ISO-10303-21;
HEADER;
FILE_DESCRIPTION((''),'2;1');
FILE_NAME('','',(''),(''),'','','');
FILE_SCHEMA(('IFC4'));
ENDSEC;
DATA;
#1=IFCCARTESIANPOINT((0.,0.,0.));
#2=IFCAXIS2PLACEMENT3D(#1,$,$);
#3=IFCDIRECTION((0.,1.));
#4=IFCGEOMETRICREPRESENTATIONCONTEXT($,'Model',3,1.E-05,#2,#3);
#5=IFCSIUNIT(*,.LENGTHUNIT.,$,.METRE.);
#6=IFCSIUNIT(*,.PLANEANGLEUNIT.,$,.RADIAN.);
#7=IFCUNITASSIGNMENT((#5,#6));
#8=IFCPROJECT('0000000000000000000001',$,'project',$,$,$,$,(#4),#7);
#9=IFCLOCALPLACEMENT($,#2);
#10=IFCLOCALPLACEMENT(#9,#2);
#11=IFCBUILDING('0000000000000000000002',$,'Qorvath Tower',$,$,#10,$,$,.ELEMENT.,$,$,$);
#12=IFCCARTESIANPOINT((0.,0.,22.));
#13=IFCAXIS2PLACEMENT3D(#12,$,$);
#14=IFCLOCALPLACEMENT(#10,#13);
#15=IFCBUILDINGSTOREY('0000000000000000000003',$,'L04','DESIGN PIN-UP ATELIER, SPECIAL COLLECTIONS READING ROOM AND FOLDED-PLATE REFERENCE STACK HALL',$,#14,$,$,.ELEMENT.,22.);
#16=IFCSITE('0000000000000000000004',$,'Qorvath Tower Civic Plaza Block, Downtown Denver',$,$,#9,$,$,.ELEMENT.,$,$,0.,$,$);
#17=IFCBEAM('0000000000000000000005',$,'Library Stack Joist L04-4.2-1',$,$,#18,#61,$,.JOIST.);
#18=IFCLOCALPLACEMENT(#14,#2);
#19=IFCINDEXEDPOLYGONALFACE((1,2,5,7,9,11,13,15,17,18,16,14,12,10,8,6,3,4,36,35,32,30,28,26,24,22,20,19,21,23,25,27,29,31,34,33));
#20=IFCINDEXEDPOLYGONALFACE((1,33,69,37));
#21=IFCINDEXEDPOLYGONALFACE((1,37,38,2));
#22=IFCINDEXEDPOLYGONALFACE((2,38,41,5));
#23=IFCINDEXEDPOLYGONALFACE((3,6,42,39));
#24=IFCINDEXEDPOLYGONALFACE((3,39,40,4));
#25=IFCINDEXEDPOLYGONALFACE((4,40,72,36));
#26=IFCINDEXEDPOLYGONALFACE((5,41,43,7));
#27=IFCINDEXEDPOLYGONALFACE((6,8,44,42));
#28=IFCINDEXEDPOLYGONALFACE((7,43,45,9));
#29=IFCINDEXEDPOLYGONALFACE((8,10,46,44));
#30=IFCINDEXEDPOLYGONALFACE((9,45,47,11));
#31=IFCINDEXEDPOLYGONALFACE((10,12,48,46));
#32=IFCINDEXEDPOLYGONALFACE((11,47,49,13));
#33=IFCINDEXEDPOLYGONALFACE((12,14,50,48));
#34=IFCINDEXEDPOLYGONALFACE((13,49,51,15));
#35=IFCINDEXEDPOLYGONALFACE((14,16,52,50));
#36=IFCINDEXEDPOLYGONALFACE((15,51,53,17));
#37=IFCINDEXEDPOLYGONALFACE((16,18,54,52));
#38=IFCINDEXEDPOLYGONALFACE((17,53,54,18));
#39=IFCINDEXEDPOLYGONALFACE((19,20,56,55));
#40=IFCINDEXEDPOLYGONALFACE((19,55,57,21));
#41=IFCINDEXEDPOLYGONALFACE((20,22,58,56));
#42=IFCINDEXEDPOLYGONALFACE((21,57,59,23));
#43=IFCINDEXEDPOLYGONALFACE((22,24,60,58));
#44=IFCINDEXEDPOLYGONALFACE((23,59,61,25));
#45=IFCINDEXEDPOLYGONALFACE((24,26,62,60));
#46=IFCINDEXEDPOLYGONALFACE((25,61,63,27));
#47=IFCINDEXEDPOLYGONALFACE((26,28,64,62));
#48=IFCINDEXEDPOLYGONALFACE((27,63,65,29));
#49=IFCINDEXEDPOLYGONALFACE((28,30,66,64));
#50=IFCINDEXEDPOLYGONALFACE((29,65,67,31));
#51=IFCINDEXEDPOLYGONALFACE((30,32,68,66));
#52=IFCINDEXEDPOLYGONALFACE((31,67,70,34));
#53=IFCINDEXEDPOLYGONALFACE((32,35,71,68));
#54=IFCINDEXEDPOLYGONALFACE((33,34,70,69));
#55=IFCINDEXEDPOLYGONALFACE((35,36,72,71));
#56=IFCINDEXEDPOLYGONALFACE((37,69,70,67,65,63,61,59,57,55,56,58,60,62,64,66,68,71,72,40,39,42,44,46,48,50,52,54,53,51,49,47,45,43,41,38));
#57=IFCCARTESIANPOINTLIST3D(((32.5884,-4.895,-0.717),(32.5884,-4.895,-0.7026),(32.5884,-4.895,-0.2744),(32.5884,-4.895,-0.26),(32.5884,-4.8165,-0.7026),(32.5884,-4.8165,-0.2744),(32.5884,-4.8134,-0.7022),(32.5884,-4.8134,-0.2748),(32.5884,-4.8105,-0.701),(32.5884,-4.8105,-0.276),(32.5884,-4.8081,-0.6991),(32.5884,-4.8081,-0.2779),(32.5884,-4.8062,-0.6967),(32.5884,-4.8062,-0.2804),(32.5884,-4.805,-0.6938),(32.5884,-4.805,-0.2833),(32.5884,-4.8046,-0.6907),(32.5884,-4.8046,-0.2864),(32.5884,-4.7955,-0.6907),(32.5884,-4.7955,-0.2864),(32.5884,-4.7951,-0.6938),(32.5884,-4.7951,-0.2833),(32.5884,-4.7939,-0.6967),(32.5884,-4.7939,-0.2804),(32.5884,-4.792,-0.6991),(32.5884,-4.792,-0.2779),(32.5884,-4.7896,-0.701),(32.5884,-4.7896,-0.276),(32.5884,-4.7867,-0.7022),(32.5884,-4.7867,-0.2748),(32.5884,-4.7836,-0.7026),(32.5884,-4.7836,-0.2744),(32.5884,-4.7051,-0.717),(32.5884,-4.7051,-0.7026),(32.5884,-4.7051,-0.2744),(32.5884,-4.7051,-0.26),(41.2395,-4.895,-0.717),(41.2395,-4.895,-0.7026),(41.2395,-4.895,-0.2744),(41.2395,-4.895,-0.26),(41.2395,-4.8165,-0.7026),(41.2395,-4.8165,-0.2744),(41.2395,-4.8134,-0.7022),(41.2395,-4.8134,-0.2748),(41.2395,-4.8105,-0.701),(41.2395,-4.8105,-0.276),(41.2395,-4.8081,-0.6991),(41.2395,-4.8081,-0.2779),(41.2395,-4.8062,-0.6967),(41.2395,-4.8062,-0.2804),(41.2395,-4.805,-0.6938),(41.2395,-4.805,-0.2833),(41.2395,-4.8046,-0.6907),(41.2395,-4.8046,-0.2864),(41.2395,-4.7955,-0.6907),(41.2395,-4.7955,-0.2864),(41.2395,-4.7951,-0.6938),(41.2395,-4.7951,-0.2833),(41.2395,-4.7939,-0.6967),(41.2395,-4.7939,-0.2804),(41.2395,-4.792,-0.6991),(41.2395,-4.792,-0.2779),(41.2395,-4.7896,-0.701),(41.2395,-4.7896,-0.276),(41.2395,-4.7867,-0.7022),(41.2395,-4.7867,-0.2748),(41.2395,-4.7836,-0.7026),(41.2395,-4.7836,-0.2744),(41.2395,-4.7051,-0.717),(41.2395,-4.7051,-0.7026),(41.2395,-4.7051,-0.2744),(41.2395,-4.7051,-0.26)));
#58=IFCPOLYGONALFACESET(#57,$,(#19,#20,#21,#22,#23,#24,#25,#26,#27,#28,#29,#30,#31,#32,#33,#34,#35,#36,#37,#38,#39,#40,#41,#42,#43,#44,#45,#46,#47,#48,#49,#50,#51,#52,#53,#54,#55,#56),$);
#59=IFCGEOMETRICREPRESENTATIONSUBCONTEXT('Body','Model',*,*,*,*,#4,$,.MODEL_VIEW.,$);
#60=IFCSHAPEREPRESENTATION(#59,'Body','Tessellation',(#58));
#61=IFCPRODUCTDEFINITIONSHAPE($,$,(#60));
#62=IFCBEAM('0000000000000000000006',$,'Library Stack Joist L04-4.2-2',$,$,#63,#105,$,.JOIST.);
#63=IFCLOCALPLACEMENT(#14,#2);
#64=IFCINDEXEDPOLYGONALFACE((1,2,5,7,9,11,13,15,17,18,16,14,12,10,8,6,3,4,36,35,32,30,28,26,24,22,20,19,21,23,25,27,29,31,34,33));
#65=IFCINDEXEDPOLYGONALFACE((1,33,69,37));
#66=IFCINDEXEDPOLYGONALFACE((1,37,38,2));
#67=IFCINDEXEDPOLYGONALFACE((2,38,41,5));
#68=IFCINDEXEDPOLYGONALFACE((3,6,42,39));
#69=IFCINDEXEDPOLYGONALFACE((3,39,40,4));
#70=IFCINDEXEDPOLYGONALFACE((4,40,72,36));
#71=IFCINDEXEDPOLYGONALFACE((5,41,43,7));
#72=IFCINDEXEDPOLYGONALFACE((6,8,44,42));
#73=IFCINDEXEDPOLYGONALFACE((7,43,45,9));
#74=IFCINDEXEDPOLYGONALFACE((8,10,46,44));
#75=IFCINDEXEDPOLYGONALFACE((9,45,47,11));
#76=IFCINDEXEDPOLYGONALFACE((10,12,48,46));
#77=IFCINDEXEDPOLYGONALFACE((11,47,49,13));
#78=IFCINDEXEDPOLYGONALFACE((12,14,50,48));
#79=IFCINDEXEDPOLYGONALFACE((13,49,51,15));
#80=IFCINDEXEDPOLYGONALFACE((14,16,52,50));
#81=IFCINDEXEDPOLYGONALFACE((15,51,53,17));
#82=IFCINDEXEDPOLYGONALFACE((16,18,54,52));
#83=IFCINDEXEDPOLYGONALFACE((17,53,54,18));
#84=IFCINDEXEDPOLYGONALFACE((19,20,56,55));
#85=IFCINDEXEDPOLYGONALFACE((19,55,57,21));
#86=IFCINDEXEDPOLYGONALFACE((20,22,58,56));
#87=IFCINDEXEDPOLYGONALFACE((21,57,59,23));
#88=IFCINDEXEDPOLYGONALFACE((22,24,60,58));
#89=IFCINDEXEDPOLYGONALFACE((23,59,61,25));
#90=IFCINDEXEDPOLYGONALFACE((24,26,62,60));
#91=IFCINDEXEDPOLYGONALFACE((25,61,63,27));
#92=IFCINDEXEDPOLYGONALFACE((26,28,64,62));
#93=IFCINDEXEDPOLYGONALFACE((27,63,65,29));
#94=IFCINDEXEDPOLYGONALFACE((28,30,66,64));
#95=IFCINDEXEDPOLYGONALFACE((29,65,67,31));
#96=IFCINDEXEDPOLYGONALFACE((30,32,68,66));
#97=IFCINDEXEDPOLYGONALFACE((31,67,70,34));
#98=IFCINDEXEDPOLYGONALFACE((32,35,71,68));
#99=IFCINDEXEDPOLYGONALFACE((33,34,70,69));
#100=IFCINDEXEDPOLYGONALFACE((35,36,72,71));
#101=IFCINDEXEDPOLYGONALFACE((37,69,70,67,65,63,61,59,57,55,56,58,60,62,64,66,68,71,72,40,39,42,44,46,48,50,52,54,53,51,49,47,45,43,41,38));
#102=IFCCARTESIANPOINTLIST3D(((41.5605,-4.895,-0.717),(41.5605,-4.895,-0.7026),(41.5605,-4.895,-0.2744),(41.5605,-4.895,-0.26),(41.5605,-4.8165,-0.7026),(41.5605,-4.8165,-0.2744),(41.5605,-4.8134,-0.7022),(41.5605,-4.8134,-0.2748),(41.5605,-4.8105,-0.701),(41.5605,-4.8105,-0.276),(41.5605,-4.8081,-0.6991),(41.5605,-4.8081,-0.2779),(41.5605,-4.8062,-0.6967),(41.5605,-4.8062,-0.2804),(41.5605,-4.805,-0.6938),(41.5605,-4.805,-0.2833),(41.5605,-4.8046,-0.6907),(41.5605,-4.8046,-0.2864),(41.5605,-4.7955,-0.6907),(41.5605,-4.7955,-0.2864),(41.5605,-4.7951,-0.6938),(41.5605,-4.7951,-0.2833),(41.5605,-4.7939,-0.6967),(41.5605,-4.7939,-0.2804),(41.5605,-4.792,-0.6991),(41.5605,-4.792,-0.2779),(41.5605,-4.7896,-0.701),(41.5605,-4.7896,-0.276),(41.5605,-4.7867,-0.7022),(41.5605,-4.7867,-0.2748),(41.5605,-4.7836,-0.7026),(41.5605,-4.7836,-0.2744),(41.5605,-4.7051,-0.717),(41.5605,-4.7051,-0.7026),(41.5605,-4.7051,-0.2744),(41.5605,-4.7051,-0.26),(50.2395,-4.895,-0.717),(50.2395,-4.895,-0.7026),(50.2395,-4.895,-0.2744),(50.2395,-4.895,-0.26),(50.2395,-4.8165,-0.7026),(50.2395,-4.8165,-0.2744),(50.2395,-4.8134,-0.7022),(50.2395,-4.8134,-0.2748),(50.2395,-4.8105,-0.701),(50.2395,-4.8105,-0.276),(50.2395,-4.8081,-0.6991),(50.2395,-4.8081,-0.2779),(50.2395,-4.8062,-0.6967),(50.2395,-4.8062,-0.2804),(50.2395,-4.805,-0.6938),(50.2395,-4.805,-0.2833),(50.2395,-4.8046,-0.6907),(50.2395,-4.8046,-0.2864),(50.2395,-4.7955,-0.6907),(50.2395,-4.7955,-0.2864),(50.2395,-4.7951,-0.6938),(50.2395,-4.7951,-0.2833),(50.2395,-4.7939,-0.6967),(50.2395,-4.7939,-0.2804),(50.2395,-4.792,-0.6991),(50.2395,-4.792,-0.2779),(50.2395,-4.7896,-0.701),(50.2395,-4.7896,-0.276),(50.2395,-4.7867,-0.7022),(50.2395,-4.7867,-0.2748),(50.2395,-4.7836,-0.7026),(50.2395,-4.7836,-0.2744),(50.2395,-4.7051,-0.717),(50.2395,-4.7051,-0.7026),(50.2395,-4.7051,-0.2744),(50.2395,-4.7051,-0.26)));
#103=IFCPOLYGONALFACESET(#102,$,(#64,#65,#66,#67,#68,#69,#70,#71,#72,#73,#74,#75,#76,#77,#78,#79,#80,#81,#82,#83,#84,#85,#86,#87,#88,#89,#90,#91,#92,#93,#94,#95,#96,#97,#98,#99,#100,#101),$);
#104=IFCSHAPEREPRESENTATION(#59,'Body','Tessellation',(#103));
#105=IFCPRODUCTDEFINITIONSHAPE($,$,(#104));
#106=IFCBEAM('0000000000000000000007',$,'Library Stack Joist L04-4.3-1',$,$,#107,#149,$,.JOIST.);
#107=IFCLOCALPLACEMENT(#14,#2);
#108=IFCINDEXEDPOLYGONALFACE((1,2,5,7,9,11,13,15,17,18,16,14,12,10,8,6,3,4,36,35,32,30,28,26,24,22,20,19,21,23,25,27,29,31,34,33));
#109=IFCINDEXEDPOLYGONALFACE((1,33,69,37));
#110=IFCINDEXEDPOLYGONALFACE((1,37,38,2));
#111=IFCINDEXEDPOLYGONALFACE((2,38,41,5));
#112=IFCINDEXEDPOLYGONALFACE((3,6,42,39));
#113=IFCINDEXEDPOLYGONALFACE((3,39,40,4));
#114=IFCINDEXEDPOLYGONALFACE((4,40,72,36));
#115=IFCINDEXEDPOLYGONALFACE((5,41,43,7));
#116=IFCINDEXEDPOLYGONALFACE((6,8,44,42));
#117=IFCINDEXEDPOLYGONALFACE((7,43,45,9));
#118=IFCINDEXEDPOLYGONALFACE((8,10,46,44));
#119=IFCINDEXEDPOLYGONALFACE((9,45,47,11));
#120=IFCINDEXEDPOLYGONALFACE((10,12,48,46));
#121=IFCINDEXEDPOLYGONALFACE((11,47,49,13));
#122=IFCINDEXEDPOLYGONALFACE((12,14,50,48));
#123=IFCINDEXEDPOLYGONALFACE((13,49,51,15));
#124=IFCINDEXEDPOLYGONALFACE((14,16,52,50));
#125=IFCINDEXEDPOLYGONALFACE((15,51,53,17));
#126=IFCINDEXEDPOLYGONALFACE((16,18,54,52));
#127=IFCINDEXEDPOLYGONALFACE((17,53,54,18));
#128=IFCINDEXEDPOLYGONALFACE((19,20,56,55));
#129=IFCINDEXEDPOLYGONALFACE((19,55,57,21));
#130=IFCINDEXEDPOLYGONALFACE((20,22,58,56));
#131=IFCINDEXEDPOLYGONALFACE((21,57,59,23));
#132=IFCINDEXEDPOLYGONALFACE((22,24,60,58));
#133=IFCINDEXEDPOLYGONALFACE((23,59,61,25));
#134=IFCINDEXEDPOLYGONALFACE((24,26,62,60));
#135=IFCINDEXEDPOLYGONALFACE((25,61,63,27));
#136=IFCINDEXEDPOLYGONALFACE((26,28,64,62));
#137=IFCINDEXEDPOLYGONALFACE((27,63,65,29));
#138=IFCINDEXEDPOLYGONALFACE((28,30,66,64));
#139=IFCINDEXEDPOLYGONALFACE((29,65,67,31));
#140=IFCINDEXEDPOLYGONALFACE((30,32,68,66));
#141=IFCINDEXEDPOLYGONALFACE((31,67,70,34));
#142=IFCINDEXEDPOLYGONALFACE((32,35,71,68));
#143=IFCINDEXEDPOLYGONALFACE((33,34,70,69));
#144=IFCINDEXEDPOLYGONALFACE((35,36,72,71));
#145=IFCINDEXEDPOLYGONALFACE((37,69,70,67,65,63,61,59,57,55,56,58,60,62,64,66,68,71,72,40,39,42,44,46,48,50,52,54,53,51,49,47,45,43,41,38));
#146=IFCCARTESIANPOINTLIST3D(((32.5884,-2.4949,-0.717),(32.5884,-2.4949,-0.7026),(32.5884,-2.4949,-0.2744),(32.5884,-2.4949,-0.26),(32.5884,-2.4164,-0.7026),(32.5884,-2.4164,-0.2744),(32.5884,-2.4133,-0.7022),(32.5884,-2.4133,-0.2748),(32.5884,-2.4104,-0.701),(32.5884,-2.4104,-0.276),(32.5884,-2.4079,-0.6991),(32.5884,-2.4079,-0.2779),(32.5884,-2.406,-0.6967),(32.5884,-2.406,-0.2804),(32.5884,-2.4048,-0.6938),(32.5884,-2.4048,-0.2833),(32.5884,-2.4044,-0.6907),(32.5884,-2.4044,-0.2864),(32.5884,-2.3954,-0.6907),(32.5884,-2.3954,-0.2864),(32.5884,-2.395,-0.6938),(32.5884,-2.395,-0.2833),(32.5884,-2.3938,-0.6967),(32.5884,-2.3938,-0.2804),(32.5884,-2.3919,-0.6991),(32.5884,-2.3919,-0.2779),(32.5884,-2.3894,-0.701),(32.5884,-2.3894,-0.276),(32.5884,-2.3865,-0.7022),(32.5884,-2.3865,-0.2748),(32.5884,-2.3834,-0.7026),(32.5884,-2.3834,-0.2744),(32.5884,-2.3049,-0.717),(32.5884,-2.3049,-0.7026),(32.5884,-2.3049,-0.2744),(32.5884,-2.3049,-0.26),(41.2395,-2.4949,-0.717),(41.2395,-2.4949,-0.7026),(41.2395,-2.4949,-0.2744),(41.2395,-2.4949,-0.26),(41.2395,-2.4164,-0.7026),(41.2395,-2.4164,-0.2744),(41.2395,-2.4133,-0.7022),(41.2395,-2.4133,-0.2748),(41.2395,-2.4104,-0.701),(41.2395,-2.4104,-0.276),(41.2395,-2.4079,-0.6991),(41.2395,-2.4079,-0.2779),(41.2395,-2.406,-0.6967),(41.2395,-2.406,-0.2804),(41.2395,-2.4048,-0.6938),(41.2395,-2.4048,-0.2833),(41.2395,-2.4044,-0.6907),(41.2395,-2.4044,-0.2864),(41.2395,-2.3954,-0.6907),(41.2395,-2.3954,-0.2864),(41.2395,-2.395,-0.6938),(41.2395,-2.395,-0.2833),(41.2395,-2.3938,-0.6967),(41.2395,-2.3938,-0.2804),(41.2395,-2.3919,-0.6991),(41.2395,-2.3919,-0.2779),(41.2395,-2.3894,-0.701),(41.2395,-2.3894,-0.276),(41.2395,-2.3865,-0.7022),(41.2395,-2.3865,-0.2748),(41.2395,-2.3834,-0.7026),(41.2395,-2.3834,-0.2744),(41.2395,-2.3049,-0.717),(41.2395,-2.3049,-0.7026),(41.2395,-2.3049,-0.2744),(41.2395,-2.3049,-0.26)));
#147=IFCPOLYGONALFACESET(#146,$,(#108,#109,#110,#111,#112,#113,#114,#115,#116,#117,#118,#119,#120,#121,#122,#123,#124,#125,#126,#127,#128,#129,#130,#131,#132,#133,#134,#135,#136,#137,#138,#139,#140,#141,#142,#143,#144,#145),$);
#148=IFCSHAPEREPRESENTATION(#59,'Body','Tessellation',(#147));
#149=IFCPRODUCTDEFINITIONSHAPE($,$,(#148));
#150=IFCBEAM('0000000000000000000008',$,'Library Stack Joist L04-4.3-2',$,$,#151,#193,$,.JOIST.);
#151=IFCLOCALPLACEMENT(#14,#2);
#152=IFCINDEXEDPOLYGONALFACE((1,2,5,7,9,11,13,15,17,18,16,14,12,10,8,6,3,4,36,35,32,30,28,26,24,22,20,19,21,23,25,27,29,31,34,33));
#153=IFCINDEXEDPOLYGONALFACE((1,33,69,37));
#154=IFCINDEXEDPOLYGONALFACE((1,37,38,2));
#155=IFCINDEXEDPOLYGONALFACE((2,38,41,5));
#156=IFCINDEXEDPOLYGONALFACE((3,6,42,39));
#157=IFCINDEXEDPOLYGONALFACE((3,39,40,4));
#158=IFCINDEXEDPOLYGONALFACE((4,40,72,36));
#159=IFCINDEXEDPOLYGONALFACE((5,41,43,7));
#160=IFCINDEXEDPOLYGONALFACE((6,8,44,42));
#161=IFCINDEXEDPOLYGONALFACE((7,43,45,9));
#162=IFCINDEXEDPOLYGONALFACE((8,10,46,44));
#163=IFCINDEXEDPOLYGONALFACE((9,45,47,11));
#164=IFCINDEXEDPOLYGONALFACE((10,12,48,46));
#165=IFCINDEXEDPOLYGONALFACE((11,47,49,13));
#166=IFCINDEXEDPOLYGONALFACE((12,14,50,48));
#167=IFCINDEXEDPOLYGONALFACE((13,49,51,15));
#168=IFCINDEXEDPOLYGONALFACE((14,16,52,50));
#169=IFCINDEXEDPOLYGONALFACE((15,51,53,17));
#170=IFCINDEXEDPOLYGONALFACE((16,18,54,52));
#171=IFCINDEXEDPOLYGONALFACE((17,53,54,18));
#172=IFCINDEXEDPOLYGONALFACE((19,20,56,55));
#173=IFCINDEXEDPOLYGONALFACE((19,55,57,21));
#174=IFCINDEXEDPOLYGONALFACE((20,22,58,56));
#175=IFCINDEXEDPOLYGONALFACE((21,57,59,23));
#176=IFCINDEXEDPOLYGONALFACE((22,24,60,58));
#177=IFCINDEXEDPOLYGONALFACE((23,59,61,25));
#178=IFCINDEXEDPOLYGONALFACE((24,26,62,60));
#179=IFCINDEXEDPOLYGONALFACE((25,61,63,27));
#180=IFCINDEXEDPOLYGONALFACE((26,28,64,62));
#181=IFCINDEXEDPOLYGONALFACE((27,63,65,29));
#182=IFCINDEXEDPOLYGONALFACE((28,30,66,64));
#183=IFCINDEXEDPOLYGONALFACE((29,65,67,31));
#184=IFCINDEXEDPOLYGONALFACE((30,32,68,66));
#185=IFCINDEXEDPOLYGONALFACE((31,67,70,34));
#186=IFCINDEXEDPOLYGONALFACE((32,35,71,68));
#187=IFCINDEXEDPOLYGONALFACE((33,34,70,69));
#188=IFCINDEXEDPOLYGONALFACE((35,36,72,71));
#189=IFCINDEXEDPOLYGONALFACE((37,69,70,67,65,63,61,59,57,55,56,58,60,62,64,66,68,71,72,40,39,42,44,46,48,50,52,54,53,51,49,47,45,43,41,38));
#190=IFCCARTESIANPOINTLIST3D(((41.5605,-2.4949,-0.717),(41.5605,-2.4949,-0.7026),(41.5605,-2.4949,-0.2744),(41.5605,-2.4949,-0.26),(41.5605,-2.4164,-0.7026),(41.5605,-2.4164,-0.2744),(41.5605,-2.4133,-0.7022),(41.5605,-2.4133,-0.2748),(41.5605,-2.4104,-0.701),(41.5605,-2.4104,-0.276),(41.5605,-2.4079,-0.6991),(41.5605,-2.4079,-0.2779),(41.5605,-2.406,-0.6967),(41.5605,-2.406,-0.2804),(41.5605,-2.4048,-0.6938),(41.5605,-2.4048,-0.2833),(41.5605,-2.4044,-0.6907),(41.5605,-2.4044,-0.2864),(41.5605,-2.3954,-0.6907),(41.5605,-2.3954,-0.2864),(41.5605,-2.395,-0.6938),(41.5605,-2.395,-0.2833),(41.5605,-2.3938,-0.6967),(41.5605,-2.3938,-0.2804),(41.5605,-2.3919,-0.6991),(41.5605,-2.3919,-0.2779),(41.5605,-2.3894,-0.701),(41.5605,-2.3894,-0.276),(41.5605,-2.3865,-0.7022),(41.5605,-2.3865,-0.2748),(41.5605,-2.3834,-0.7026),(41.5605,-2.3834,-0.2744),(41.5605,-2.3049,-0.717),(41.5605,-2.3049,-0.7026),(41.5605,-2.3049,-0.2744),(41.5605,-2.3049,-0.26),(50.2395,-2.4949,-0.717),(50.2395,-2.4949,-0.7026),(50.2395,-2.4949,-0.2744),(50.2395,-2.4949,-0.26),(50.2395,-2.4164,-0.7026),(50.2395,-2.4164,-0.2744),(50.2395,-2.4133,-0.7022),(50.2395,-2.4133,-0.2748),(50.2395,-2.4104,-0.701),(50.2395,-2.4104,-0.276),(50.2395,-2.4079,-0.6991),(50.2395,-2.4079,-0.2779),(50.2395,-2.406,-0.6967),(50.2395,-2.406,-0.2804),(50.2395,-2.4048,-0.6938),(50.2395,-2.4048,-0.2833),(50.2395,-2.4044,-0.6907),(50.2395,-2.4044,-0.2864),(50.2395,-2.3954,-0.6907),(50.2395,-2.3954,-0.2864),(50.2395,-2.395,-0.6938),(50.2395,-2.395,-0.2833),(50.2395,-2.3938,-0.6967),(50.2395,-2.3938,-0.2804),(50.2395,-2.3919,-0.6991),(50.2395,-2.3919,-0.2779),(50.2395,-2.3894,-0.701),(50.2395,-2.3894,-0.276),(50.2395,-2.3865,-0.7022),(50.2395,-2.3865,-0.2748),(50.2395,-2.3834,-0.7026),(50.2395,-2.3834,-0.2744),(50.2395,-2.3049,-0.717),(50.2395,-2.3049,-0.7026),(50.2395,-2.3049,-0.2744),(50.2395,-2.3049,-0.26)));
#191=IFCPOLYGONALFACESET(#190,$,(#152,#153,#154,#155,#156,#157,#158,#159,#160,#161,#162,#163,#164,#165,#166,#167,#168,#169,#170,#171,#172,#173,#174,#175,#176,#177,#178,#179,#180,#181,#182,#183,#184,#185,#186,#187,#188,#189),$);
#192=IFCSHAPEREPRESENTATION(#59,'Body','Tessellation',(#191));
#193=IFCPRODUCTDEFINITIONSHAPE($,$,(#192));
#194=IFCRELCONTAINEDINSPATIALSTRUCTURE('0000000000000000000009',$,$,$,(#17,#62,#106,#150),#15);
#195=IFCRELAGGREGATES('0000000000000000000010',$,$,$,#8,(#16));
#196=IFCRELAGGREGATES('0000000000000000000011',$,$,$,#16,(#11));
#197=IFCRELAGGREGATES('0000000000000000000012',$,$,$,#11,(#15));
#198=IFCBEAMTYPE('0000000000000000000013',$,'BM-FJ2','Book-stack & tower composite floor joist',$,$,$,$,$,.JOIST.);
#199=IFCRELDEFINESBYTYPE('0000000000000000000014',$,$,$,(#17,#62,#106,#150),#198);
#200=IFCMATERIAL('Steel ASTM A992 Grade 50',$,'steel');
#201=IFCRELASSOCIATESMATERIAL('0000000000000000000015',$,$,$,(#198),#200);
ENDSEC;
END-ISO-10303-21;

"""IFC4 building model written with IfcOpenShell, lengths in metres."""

from ifc_helpers import new_model, si_unit, direction, frame, origin, origin_2d, place, context, subcontext, project, spatial, i_section, extrude, material, material_profile, profile_set, type_object, element, save


model = new_model("IFC4")

# Units and contexts
model_context = context("Model", 3, precision=1e-05, world=origin(), true_north=direction((0.0, 1.0)))
body_context = subcontext(model_context, "Body", "Model", "MODEL_VIEW")
ifc_project = project(units=[si_unit("LENGTHUNIT", "METRE"), si_unit("PLANEANGLEUNIT", "RADIAN")], contexts=[model_context])

# Site, building, storey
site_placement = place(None, origin())
site = spatial("IfcSite", under=ifc_project, at=site_placement, Name="Qorvath Tower Civic Plaza Block, Downtown Denver", CompositionType="ELEMENT", RefElevation=0.0)
building_placement = place(site_placement, origin())
building = spatial("IfcBuilding", under=site, at=building_placement, Name="Qorvath Tower", CompositionType="ELEMENT")
storey_placement = place(building_placement, frame((0.0, 0.0, 22.0)))
storey = spatial("IfcBuildingStorey", under=building, at=storey_placement, Name="L04", Description="DESIGN PIN-UP ATELIER, SPECIAL COLLECTIONS READING ROOM AND FOLDED-PLATE REFERENCE STACK HALL", CompositionType="ELEMENT", Elevation=22.0)

# Beams
ifc_material_1 = material(Name="Steel ASTM A992 Grade 50", Category="steel")
ifc_material_profile_1 = material_profile(ifc_material_1, i_section(OverallWidth=0.1899, OverallDepth=0.457, WebThickness=0.009, FlangeThickness=0.0144, FilletRadius=0.012, at=origin_2d()), Name="W18x50")
ifc_profile_set_1 = profile_set([ifc_material_profile_1], Name="Steel ASTM A992 Grade 50")
beam_type_1 = type_object("IfcBeamType", Name="BM-FJ2", Description="Book-stack & tower composite floor joist", PredefinedType="JOIST", material=ifc_profile_set_1)
beam_1_placement = place(storey_placement, frame((32.5884, -4.8, -0.4885), z_axis=(1.0, 0.0, 0.0), x_axis=(0.0, 1.0, 0.0)))
element("IfcBeam", 1, at=beam_1_placement, inside=storey, type_object=beam_type_1, Name="Library Stack Joist L04-4.2-1", PredefinedType="JOIST", context=body_context, shape_type="SweptSolid", body=[
    extrude(i_section(OverallWidth=0.1899, OverallDepth=0.457, WebThickness=0.009, FlangeThickness=0.0144, FilletRadius=0.012, at=origin_2d()), origin(), (0.0, 0.0, 1.0), 8.6511),
])
beam_2_placement = place(storey_placement, frame((41.5605, -4.8, -0.4885), z_axis=(1.0, 0.0, 0.0), x_axis=(0.0, 1.0, 0.0)))
element("IfcBeam", 2, at=beam_2_placement, inside=storey, type_object=beam_type_1, Name="Library Stack Joist L04-4.2-2", PredefinedType="JOIST", context=body_context, shape_type="SweptSolid", body=[
    extrude(i_section(OverallWidth=0.1899, OverallDepth=0.457, WebThickness=0.009, FlangeThickness=0.0144, FilletRadius=0.012, at=origin_2d()), origin(), (0.0, 0.0, 1.0), 8.679),
])
beam_3_placement = place(storey_placement, frame((32.5884, -2.3999, -0.4885), z_axis=(1.0, 0.0, 0.0), x_axis=(0.0, 1.0, 0.0)))
element("IfcBeam", 3, at=beam_3_placement, inside=storey, type_object=beam_type_1, Name="Library Stack Joist L04-4.3-1", PredefinedType="JOIST", context=body_context, shape_type="SweptSolid", body=[
    extrude(i_section(OverallWidth=0.1899, OverallDepth=0.457, WebThickness=0.009, FlangeThickness=0.0144, FilletRadius=0.012, at=origin_2d()), origin(), (0.0, 0.0, 1.0), 8.6511),
])
beam_4_placement = place(storey_placement, frame((41.5605, -2.3999, -0.4885), z_axis=(1.0, 0.0, 0.0), x_axis=(0.0, 1.0, 0.0)))
element("IfcBeam", 4, at=beam_4_placement, inside=storey, type_object=beam_type_1, Name="Library Stack Joist L04-4.3-2", PredefinedType="JOIST", context=body_context, shape_type="SweptSolid", body=[
    extrude(i_section(OverallWidth=0.1899, OverallDepth=0.457, WebThickness=0.009, FlangeThickness=0.0144, FilletRadius=0.012, at=origin_2d()), origin(), (0.0, 0.0, 1.0), 8.679),
])

save(model, "model.ifc")
